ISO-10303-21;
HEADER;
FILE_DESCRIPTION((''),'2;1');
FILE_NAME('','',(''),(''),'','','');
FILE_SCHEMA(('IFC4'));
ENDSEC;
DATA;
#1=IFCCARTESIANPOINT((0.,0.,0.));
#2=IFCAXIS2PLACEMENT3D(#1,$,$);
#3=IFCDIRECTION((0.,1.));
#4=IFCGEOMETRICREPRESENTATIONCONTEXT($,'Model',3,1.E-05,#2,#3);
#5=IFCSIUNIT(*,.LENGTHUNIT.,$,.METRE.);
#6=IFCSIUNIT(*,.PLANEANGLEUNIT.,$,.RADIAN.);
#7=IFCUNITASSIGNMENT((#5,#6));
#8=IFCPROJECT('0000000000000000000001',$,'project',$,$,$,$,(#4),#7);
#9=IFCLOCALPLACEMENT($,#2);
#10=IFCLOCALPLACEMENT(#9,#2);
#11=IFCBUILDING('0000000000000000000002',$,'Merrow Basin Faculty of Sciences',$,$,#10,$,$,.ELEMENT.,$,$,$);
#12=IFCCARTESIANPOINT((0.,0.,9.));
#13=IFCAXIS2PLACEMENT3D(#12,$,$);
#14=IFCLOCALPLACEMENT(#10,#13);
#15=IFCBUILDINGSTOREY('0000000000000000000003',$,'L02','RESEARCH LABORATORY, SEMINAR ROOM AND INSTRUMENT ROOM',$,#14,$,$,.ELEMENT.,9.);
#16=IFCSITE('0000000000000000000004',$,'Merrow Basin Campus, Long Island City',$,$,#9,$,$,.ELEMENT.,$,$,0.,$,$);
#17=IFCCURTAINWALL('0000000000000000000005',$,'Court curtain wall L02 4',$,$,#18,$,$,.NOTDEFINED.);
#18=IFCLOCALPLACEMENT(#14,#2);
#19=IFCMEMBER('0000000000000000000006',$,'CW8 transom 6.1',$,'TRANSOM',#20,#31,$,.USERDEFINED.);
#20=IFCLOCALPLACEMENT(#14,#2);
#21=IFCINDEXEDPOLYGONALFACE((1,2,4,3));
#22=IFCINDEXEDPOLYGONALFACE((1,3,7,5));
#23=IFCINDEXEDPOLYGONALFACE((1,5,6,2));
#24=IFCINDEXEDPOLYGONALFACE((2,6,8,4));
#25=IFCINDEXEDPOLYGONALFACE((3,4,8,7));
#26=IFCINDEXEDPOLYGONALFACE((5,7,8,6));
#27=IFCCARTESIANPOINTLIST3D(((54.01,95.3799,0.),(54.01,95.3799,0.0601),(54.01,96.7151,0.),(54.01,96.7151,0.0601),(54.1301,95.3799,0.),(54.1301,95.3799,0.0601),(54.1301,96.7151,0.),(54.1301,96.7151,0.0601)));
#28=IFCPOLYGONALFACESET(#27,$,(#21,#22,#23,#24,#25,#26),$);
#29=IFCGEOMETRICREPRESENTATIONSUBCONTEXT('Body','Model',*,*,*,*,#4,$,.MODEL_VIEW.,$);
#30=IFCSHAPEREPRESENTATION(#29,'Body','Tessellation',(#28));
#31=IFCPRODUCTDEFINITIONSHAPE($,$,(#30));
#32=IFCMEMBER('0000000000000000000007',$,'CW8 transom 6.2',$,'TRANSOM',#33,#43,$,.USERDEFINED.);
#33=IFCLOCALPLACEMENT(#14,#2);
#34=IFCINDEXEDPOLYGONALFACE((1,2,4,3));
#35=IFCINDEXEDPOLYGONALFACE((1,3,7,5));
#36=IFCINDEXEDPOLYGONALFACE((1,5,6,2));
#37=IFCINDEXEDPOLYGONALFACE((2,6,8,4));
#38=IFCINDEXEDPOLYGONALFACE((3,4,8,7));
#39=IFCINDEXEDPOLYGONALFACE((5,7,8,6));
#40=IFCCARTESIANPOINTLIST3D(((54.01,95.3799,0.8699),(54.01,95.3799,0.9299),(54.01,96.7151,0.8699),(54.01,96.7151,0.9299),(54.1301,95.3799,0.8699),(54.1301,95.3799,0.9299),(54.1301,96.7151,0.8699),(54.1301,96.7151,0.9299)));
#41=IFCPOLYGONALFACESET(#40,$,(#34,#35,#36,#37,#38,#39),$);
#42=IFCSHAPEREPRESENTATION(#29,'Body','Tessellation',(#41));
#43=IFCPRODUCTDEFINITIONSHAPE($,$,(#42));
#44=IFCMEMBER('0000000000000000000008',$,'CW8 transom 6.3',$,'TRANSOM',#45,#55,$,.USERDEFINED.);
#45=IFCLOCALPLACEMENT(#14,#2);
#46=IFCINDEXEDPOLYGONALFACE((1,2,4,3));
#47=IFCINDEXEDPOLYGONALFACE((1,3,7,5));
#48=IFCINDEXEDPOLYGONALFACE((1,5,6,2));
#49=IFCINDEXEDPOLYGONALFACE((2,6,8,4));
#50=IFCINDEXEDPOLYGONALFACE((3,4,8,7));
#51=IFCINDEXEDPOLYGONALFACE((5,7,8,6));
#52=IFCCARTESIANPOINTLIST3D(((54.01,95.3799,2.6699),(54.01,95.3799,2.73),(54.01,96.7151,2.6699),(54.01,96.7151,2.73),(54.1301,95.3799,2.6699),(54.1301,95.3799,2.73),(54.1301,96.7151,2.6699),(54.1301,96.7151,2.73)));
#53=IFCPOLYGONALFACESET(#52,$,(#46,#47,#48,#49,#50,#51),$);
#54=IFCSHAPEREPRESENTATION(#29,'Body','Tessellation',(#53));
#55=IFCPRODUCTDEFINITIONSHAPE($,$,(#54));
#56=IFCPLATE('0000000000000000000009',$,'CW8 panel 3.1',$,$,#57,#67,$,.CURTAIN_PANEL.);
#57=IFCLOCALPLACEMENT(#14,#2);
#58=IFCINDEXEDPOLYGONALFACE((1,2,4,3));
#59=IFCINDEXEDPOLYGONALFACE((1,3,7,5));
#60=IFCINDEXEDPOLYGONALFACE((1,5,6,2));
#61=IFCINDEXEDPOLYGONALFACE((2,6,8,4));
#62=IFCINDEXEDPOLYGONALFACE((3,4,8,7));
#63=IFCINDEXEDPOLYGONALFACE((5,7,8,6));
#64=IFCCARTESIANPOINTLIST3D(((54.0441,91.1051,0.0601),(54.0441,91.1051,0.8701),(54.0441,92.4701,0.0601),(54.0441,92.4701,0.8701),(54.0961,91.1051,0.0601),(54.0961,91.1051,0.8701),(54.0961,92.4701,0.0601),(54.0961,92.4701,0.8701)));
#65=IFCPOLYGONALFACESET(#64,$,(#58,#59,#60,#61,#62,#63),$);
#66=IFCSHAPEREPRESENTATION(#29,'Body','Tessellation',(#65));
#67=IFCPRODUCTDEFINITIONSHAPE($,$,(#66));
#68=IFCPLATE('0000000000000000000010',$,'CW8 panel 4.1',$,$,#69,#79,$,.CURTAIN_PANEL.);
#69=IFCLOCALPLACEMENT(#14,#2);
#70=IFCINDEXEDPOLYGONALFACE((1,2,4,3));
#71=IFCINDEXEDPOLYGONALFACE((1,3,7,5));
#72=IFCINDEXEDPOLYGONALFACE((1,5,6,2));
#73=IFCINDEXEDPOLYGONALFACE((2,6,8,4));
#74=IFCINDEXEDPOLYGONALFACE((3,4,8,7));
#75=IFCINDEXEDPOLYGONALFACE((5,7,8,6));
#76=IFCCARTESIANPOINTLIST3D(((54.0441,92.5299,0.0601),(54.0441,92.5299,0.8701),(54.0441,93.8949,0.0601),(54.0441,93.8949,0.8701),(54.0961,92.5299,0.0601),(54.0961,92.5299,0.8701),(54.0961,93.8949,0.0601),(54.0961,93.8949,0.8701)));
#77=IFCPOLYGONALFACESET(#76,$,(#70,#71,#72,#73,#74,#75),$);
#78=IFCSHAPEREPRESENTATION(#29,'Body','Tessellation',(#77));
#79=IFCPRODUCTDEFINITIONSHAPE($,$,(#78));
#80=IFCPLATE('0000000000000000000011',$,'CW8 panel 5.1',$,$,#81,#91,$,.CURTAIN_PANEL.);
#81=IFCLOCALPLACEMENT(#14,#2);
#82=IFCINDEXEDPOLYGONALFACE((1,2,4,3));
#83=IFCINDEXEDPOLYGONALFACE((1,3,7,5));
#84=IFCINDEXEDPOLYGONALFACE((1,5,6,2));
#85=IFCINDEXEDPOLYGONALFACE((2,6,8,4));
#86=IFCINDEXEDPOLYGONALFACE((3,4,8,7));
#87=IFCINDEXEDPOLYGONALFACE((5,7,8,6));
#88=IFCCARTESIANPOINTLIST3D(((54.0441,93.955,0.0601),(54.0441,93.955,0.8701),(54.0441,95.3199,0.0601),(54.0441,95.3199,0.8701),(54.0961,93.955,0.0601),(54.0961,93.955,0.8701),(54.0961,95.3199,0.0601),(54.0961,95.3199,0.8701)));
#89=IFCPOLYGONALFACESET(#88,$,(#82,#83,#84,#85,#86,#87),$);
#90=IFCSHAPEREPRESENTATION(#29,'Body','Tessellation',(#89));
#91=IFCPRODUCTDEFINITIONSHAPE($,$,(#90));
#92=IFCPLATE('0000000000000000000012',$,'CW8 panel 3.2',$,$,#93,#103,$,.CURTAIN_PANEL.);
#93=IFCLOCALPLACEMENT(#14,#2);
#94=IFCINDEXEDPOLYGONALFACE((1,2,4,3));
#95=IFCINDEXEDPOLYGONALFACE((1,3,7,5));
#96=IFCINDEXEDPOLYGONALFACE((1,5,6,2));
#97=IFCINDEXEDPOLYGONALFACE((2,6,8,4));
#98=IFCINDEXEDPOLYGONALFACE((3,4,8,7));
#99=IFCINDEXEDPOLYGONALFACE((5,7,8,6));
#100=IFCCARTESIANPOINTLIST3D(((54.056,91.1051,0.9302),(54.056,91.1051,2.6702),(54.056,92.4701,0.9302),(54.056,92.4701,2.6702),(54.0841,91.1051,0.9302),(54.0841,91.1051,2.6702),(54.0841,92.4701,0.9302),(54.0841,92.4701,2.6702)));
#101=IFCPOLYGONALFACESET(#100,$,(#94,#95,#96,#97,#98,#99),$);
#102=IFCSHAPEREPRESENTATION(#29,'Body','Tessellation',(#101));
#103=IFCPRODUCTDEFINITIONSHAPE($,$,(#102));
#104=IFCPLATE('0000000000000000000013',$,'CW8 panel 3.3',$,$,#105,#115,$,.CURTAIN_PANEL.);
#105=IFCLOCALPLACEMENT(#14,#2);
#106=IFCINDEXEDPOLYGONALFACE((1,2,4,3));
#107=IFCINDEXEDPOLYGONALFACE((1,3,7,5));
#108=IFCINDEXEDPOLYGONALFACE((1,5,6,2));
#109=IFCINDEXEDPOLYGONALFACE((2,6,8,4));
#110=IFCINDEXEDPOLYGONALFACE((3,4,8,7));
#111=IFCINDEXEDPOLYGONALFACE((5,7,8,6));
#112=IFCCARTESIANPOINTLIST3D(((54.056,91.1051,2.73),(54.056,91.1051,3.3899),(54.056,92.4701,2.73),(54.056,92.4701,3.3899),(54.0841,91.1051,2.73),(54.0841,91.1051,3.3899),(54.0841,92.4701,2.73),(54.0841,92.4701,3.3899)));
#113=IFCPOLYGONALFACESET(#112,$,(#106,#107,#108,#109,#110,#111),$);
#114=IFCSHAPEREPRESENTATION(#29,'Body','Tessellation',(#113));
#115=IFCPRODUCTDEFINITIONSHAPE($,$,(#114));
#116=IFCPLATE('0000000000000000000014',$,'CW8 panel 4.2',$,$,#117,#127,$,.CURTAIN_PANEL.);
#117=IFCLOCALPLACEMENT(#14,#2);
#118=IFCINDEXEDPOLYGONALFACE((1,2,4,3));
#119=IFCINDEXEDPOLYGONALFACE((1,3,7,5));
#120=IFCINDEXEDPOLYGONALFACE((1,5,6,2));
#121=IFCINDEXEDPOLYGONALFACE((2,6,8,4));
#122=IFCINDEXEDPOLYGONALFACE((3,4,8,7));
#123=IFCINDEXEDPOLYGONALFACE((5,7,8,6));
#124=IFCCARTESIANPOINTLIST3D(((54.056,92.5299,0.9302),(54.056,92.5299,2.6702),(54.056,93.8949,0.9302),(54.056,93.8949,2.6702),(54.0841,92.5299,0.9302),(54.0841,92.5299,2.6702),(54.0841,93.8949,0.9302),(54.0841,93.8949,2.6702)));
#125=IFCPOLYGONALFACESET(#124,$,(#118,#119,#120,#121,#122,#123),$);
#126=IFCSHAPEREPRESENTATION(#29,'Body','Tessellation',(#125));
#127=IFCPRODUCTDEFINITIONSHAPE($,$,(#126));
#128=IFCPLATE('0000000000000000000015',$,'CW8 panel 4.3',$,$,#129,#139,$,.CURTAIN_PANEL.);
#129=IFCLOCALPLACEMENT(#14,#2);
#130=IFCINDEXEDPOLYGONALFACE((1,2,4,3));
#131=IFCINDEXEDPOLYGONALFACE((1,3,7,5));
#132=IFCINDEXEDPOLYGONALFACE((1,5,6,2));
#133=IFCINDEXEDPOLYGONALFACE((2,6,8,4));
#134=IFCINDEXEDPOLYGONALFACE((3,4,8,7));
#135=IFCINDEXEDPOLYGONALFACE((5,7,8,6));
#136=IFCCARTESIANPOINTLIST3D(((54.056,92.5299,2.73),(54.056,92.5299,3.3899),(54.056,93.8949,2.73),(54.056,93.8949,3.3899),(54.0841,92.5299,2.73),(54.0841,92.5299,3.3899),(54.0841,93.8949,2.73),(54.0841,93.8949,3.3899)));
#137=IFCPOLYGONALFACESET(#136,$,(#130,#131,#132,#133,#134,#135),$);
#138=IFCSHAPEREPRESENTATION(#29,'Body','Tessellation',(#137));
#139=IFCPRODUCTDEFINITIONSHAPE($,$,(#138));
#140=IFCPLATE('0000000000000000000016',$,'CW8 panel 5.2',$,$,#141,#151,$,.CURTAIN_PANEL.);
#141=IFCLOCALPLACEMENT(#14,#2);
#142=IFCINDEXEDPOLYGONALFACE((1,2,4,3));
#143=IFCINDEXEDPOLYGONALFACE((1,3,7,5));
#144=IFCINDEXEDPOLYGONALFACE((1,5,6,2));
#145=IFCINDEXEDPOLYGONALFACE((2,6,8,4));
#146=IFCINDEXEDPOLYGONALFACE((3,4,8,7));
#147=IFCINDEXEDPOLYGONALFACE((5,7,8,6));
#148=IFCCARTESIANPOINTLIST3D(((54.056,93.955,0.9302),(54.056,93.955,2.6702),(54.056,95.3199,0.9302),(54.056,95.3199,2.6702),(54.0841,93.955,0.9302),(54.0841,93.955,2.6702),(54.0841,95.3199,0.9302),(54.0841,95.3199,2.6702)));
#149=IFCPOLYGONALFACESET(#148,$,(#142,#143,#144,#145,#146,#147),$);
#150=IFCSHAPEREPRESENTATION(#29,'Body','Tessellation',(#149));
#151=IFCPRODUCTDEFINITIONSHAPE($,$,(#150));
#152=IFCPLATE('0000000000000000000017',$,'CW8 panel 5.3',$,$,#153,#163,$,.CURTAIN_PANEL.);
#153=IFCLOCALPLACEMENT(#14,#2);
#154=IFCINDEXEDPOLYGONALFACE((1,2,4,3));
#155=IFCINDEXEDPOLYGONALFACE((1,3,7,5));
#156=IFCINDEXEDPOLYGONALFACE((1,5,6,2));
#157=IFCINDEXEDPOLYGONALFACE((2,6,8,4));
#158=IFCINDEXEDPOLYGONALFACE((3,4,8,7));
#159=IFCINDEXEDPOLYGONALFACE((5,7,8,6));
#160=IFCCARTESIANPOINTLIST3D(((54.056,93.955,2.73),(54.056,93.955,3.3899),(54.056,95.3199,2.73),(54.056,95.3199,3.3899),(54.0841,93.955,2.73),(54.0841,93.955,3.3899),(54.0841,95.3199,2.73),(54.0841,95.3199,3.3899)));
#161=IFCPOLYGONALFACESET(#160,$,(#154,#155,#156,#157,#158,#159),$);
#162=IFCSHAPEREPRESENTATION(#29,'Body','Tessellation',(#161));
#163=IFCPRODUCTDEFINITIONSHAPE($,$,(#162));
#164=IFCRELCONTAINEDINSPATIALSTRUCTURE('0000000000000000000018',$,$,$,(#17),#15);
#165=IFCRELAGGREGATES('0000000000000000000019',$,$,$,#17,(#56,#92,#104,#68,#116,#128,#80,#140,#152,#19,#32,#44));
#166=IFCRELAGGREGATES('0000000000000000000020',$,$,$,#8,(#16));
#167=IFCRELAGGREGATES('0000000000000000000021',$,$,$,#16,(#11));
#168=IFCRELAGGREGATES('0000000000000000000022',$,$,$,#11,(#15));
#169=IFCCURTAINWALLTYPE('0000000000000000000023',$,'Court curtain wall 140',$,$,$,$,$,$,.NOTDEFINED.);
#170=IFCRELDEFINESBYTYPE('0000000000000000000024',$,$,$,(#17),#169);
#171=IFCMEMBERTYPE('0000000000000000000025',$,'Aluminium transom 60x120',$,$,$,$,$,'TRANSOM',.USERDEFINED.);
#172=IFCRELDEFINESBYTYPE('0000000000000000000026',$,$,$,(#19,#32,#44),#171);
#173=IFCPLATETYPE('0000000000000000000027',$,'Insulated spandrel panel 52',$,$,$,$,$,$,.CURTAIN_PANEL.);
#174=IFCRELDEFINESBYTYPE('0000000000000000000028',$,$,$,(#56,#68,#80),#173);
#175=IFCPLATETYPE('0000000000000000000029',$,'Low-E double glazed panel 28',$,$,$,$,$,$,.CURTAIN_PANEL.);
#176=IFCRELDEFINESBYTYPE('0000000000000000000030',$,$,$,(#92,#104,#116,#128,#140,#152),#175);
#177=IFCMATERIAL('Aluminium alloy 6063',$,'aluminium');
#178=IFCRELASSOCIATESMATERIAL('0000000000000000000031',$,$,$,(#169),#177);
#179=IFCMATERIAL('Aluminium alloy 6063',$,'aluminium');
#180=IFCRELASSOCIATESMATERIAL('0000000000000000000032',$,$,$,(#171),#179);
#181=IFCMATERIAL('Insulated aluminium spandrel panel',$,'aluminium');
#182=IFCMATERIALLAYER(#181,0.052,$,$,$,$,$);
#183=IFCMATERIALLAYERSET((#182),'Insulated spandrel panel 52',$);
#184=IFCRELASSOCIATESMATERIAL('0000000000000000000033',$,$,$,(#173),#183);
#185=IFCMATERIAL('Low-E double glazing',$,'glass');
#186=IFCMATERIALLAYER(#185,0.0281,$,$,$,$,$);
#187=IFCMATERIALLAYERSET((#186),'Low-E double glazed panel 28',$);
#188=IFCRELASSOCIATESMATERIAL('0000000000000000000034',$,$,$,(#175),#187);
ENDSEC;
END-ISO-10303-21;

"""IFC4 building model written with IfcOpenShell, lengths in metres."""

from ifc_helpers import new_model, si_unit, direction, frame, origin, origin_2d, place, context, subcontext, project, spatial, rectangle, extrude, material, layer, layer_set, material_profile, profile_set, type_object, element, aggregate, save


model = new_model("IFC4")

# Units and contexts
model_context = context("Model", 3, precision=1e-05, world=origin(), true_north=direction((0.0, 1.0)))
body_context = subcontext(model_context, "Body", "Model", "MODEL_VIEW")
ifc_project = project(units=[si_unit("LENGTHUNIT", "METRE"), si_unit("PLANEANGLEUNIT", "RADIAN")], contexts=[model_context])

# Site, building, storey
site_placement = place(None, origin())
site = spatial("IfcSite", under=ifc_project, at=site_placement, Name="Merrow Basin Campus, Long Island City", CompositionType="ELEMENT", RefElevation=0.0)
building_placement = place(site_placement, origin())
building = spatial("IfcBuilding", under=site, at=building_placement, Name="Merrow Basin Faculty of Sciences", CompositionType="ELEMENT")
storey_placement = place(building_placement, frame((0.0, 0.0, 9.0)))
storey = spatial("IfcBuildingStorey", under=building, at=storey_placement, Name="L02", Description="RESEARCH LABORATORY, SEMINAR ROOM AND INSTRUMENT ROOM", CompositionType="ELEMENT", Elevation=9.0)

# Curtain wall, members, plates
ifc_material_1 = material(Name="Aluminium alloy 6063", Category="aluminium")
curtain_wall_type = type_object("IfcCurtainWallType", Name="Court curtain wall 140", PredefinedType="NOTDEFINED", material=ifc_material_1)
curtain_wall_placement = place(storey_placement, origin())
curtain_wall = element("IfcCurtainWall", 1, at=curtain_wall_placement, inside=storey, type_object=curtain_wall_type, Name="Court curtain wall L02 4", PredefinedType="NOTDEFINED")
ifc_material_2 = material(Name="Aluminium alloy 6063", Category="aluminium")
ifc_material_profile_1 = material_profile(ifc_material_2, rectangle(XDim=0.1201, YDim=0.0601, at=origin_2d()))
ifc_profile_set_1 = profile_set([ifc_material_profile_1], Name="Aluminium alloy 6063")
member_type_1 = type_object("IfcMemberType", Name="Aluminium transom 60x120", ElementType="TRANSOM", PredefinedType="USERDEFINED", material=ifc_profile_set_1)
member_1_placement = place(storey_placement, frame((54.0701, 95.3799, 0.03), z_axis=(0.0, 1.0, 0.0), x_axis=(-1.0, 0.0, 0.0)))
member_1 = element("IfcMember", 2, at=member_1_placement, type_object=member_type_1, Name="CW8 transom 6.1", ObjectType="TRANSOM", PredefinedType="USERDEFINED", context=body_context, shape_type="SweptSolid", body=[
    extrude(rectangle(XDim=0.1201, YDim=0.0601, at=origin_2d()), origin(), (0.0, 0.0, 1.0), 1.3352),
])
member_2_placement = place(storey_placement, frame((54.0701, 95.3799, 0.8999), z_axis=(0.0, 1.0, 0.0), x_axis=(-1.0, 0.0, 0.0)))
member_2 = element("IfcMember", 3, at=member_2_placement, type_object=member_type_1, Name="CW8 transom 6.2", ObjectType="TRANSOM", PredefinedType="USERDEFINED", context=body_context, shape_type="SweptSolid", body=[
    extrude(rectangle(XDim=0.1201, YDim=0.0601, at=origin_2d()), origin(), (0.0, 0.0, 1.0), 1.3352),
])
member_3_placement = place(storey_placement, frame((54.0701, 95.3799, 2.7), z_axis=(0.0, 1.0, 0.0), x_axis=(-1.0, 0.0, 0.0)))
member_3 = element("IfcMember", 4, at=member_3_placement, type_object=member_type_1, Name="CW8 transom 6.3", ObjectType="TRANSOM", PredefinedType="USERDEFINED", context=body_context, shape_type="SweptSolid", body=[
    extrude(rectangle(XDim=0.1201, YDim=0.0601, at=origin_2d()), origin(), (0.0, 0.0, 1.0), 1.3352),
])
ifc_material_3 = material(Name="Insulated aluminium spandrel panel", Category="aluminium")
ifc_layer_1 = layer(ifc_material_3, 0.052)
ifc_layer_set_1 = layer_set([ifc_layer_1], Name="Insulated spandrel panel 52")
plate_type_1 = type_object("IfcPlateType", Name="Insulated spandrel panel 52", PredefinedType="CURTAIN_PANEL", material=ifc_layer_set_1)
plate_1_placement = place(storey_placement, frame((54.0701, 91.7876, 0.0601), z_axis=(0.0, 0.0, 1.0), x_axis=(0.0, 1.0, 0.0)))
plate_1 = element("IfcPlate", 5, at=plate_1_placement, type_object=plate_type_1, Name="CW8 panel 3.1", PredefinedType="CURTAIN_PANEL", context=body_context, shape_type="SweptSolid", body=[
    extrude(rectangle(XDim=1.365, YDim=0.052, at=origin_2d()), origin(), (0.0, 0.0, 1.0), 0.8101),
])
plate_2_placement = place(storey_placement, frame((54.0701, 93.2124, 0.0601), z_axis=(0.0, 0.0, 1.0), x_axis=(0.0, 1.0, 0.0)))
plate_2 = element("IfcPlate", 6, at=plate_2_placement, type_object=plate_type_1, Name="CW8 panel 4.1", PredefinedType="CURTAIN_PANEL", context=body_context, shape_type="SweptSolid", body=[
    extrude(rectangle(XDim=1.365, YDim=0.052, at=origin_2d()), origin(), (0.0, 0.0, 1.0), 0.8101),
])
plate_3_placement = place(storey_placement, frame((54.0701, 94.6375, 0.0601), z_axis=(0.0, 0.0, 1.0), x_axis=(0.0, 1.0, 0.0)))
plate_3 = element("IfcPlate", 7, at=plate_3_placement, type_object=plate_type_1, Name="CW8 panel 5.1", PredefinedType="CURTAIN_PANEL", context=body_context, shape_type="SweptSolid", body=[
    extrude(rectangle(XDim=1.365, YDim=0.052, at=origin_2d()), origin(), (0.0, 0.0, 1.0), 0.8101),
])
ifc_material_4 = material(Name="Low-E double glazing", Category="glass")
ifc_layer_2 = layer(ifc_material_4, 0.0281)
ifc_layer_set_2 = layer_set([ifc_layer_2], Name="Low-E double glazed panel 28")
plate_type_2 = type_object("IfcPlateType", Name="Low-E double glazed panel 28", PredefinedType="CURTAIN_PANEL", material=ifc_layer_set_2)
plate_4_placement = place(storey_placement, frame((54.0701, 91.7876, 0.9302), z_axis=(0.0, 0.0, 1.0), x_axis=(0.0, 1.0, 0.0)))
plate_4 = element("IfcPlate", 8, at=plate_4_placement, type_object=plate_type_2, Name="CW8 panel 3.2", PredefinedType="CURTAIN_PANEL", context=body_context, shape_type="SweptSolid", body=[
    extrude(rectangle(XDim=1.365, YDim=0.0281, at=origin_2d()), origin(), (0.0, 0.0, 1.0), 1.74),
])
plate_5_placement = place(storey_placement, frame((54.0701, 91.7876, 2.73), z_axis=(0.0, 0.0, 1.0), x_axis=(0.0, 1.0, 0.0)))
plate_5 = element("IfcPlate", 9, at=plate_5_placement, type_object=plate_type_2, Name="CW8 panel 3.3", PredefinedType="CURTAIN_PANEL", context=body_context, shape_type="SweptSolid", body=[
    extrude(rectangle(XDim=1.365, YDim=0.0281, at=origin_2d()), origin(), (0.0, 0.0, 1.0), 0.6599),
])
plate_6_placement = place(storey_placement, frame((54.0701, 93.2124, 0.9302), z_axis=(0.0, 0.0, 1.0), x_axis=(0.0, 1.0, 0.0)))
plate_6 = element("IfcPlate", 10, at=plate_6_placement, type_object=plate_type_2, Name="CW8 panel 4.2", PredefinedType="CURTAIN_PANEL", context=body_context, shape_type="SweptSolid", body=[
    extrude(rectangle(XDim=1.365, YDim=0.0281, at=origin_2d()), origin(), (0.0, 0.0, 1.0), 1.74),
])
plate_7_placement = place(storey_placement, frame((54.0701, 93.2124, 2.73), z_axis=(0.0, 0.0, 1.0), x_axis=(0.0, 1.0, 0.0)))
plate_7 = element("IfcPlate", 11, at=plate_7_placement, type_object=plate_type_2, Name="CW8 panel 4.3", PredefinedType="CURTAIN_PANEL", context=body_context, shape_type="SweptSolid", body=[
    extrude(rectangle(XDim=1.365, YDim=0.0281, at=origin_2d()), origin(), (0.0, 0.0, 1.0), 0.6599),
])
plate_8_placement = place(storey_placement, frame((54.0701, 94.6375, 0.9302), z_axis=(0.0, 0.0, 1.0), x_axis=(0.0, 1.0, 0.0)))
plate_8 = element("IfcPlate", 12, at=plate_8_placement, type_object=plate_type_2, Name="CW8 panel 5.2", PredefinedType="CURTAIN_PANEL", context=body_context, shape_type="SweptSolid", body=[
    extrude(rectangle(XDim=1.365, YDim=0.0281, at=origin_2d()), origin(), (0.0, 0.0, 1.0), 1.74),
])
plate_9_placement = place(storey_placement, frame((54.0701, 94.6375, 2.73), z_axis=(0.0, 0.0, 1.0), x_axis=(0.0, 1.0, 0.0)))
plate_9 = element("IfcPlate", 13, at=plate_9_placement, type_object=plate_type_2, Name="CW8 panel 5.3", PredefinedType="CURTAIN_PANEL", context=body_context, shape_type="SweptSolid", body=[
    extrude(rectangle(XDim=1.365, YDim=0.0281, at=origin_2d()), origin(), (0.0, 0.0, 1.0), 0.6599),
])
aggregate(curtain_wall, [plate_1, plate_4, plate_5, plate_2, plate_6, plate_7, plate_3, plate_8, plate_9, member_1, member_2, member_3])

save(model, "model.ifc")
